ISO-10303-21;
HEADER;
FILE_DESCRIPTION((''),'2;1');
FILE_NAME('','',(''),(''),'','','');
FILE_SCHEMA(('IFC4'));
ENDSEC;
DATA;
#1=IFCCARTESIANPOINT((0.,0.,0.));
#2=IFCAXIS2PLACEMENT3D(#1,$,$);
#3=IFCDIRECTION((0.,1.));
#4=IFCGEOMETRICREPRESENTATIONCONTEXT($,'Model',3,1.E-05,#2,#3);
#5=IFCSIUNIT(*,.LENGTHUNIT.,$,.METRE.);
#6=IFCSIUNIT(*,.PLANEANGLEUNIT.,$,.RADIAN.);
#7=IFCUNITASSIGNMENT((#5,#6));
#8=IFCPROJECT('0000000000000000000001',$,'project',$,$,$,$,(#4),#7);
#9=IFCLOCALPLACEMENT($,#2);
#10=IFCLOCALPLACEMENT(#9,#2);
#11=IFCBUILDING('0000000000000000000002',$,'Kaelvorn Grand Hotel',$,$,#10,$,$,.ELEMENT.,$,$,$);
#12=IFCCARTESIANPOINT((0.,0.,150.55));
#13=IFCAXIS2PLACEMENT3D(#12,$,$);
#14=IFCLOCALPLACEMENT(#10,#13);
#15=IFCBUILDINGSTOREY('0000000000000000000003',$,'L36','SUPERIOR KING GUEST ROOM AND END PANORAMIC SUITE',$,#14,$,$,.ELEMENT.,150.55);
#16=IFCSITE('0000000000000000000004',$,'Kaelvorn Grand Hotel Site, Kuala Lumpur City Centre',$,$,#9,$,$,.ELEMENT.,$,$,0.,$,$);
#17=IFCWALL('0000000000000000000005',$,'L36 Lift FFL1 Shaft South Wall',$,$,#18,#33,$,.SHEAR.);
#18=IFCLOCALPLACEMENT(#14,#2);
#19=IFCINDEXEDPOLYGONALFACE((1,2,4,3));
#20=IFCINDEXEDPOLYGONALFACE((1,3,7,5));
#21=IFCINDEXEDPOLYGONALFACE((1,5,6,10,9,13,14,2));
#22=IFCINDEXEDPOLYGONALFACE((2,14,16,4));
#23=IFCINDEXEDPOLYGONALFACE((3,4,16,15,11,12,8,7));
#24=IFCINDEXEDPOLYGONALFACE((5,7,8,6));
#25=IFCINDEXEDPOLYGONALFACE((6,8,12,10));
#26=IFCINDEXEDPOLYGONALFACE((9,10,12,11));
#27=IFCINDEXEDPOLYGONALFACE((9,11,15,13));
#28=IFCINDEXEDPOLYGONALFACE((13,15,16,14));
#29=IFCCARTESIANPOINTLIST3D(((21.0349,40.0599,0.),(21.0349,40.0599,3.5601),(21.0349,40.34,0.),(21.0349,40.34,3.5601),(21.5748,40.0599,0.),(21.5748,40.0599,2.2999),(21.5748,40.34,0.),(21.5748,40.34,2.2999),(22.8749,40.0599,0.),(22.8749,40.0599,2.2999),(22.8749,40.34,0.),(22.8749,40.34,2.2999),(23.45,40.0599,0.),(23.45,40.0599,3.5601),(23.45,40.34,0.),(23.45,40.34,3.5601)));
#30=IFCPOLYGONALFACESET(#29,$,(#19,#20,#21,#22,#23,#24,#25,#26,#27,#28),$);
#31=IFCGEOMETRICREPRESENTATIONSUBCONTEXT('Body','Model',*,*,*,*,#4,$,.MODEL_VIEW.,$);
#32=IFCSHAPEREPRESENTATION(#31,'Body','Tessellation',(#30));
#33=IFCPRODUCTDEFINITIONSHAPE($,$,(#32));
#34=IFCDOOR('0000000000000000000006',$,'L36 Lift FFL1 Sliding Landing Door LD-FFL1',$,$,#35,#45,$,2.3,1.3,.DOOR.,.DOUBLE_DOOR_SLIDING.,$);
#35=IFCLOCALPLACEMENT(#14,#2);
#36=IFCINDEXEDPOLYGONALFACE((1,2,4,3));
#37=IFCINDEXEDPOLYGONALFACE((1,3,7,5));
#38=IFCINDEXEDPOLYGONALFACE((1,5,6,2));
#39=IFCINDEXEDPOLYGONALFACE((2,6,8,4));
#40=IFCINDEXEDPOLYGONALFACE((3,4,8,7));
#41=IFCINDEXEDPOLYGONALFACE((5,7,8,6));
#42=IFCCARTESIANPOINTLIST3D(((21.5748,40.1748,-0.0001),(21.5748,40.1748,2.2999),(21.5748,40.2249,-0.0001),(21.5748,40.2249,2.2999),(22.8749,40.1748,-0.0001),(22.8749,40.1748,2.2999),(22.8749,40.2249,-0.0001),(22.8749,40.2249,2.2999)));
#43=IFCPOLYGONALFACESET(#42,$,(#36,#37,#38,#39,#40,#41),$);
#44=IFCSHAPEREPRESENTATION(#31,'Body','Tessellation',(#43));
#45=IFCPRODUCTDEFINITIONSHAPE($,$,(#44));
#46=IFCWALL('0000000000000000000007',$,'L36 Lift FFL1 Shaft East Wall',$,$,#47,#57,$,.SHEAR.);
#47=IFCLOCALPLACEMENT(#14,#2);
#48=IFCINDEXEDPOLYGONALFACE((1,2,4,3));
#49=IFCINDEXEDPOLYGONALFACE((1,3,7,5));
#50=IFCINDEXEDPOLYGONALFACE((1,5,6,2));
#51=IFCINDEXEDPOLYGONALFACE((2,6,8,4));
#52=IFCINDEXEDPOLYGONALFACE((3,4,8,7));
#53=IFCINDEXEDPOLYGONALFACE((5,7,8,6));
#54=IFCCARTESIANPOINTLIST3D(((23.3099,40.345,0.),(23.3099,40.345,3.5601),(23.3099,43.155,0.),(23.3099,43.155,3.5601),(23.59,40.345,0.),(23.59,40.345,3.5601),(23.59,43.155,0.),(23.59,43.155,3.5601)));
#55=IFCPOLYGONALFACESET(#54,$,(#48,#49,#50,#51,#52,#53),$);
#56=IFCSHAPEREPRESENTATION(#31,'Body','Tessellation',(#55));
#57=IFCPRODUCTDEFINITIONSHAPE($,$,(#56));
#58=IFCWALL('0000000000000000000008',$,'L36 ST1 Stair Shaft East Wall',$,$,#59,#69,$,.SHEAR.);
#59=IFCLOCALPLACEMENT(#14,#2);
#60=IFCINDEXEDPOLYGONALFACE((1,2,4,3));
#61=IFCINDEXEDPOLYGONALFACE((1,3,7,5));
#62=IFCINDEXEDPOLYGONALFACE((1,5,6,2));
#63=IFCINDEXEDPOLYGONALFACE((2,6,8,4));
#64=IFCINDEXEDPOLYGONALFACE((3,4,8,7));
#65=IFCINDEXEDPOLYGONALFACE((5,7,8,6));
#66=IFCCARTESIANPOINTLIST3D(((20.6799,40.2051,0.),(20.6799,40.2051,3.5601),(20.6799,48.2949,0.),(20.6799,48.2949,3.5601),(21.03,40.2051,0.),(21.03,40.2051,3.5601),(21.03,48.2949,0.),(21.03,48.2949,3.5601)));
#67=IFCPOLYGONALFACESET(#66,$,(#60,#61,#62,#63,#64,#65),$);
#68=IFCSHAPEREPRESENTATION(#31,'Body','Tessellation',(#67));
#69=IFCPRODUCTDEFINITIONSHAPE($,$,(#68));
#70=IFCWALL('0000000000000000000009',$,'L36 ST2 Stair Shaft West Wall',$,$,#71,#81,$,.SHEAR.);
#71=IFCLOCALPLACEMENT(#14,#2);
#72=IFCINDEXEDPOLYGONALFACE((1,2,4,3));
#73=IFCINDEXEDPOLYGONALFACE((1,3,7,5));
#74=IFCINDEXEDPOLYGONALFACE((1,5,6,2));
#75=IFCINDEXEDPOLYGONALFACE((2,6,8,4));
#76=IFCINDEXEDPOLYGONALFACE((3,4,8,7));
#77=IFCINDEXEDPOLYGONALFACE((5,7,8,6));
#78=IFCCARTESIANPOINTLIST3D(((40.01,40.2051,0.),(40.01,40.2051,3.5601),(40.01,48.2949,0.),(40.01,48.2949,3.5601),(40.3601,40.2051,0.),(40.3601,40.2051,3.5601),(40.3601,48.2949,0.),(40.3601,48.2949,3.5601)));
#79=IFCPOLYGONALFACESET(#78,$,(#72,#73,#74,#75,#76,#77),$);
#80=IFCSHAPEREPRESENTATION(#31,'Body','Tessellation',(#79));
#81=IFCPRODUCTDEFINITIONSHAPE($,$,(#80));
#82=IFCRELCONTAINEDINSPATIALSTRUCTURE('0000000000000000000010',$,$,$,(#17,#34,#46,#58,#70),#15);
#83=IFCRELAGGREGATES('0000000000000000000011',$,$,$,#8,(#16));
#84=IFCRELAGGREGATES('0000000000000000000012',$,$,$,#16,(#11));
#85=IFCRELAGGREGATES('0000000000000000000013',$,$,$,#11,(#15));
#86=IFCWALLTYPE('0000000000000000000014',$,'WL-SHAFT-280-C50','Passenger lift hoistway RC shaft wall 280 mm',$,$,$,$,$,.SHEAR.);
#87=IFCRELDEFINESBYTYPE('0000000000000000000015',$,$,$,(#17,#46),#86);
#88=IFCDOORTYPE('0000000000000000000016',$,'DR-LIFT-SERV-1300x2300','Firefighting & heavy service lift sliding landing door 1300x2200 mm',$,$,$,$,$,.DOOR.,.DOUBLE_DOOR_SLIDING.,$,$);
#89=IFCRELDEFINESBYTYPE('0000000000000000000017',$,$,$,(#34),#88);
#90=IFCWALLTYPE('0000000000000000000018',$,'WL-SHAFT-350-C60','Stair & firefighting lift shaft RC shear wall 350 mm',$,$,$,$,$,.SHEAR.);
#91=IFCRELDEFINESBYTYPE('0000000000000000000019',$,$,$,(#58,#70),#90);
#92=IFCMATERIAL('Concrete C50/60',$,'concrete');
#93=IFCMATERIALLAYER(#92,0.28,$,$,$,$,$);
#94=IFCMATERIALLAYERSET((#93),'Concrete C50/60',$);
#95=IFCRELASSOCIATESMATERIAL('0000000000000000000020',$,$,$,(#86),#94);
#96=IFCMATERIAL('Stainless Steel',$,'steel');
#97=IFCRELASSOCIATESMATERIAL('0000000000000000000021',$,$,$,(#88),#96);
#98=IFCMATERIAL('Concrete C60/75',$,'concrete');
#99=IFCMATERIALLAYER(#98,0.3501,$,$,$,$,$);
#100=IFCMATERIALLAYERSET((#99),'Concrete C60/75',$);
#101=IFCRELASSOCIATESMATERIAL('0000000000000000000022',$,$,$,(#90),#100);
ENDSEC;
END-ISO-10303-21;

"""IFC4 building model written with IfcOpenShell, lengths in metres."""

from ifc_helpers import new_model, si_unit, direction, frame, frame_2d, origin, place, context, subcontext, project, spatial, rectangle, extrude, material, layer, layer_set, type_object, element, fill, save


model = new_model("IFC4")

# Units and contexts
model_context = context("Model", 3, precision=1e-05, world=origin(), true_north=direction((0.0, 1.0)))
body_context = subcontext(model_context, "Body", "Model", "MODEL_VIEW")
ifc_project = project(units=[si_unit("LENGTHUNIT", "METRE"), si_unit("PLANEANGLEUNIT", "RADIAN")], contexts=[model_context])

# Site, building, storey
site_placement = place(None, origin())
site = spatial("IfcSite", under=ifc_project, at=site_placement, Name="Kaelvorn Grand Hotel Site, Kuala Lumpur City Centre", CompositionType="ELEMENT", RefElevation=0.0)
building_placement = place(site_placement, origin())
building = spatial("IfcBuilding", under=site, at=building_placement, Name="Kaelvorn Grand Hotel", CompositionType="ELEMENT")
storey_placement = place(building_placement, frame((0.0, 0.0, 150.55)))
storey = spatial("IfcBuildingStorey", under=building, at=storey_placement, Name="L36", Description="SUPERIOR KING GUEST ROOM AND END PANORAMIC SUITE", CompositionType="ELEMENT", Elevation=150.55)

# Shared definitions
ifc_material_1 = material(Name="Concrete C60/75", Category="concrete")

# Wall, opening, door
ifc_material_2 = material(Name="Concrete C50/60", Category="concrete")
ifc_layer_1 = layer(ifc_material_2, 0.28)
ifc_layer_set_1 = layer_set([ifc_layer_1], Name="Concrete C50/60")
wall_type_1 = type_object("IfcWallType", Name="WL-SHAFT-280-C50", Description="Passenger lift hoistway RC shaft wall 280 mm", PredefinedType="SHEAR", material=ifc_layer_set_1)
wall_1_placement = place(storey_placement, frame((21.0349, 40.2, 0.0), z_axis=(0.0, 0.0, 1.0), x_axis=(1.0, 0.0, 0.0)))
wall_1 = element("IfcWall", 1, at=wall_1_placement, inside=storey, type_object=wall_type_1, Name="L36 Lift FFL1 Shaft South Wall", PredefinedType="SHEAR", context=body_context, shape_type="SweptSolid", body=[
    extrude(rectangle(XDim=2.415, YDim=0.28, at=frame_2d((1.2075, 0.0))), origin(), (0.0, 0.0, 1.0), 3.5601),
])
opening_1_placement = place(wall_1_placement, frame((0.54, 0.0, 0.0)))
opening_1 = element("IfcOpeningElement", 2, at=opening_1_placement, cuts=wall_1, PredefinedType="OPENING", context=body_context, shape_type="SweptSolid", body=[
    extrude(rectangle(XDim=1.3, YDim=2.3, at=frame_2d((0.6499, 1.1499))), frame((0.0, 0.1499, 0.0), z_axis=(0.0, -1.0, 0.0), x_axis=(1.0, 0.0, 0.0)), (0.0, 0.0, 1.0), 0.3),
])
ifc_material_3 = material(Name="Stainless Steel", Category="steel")
door_type_1 = type_object("IfcDoorType", Name="DR-LIFT-SERV-1300x2300", Description="Firefighting & heavy service lift sliding landing door 1300x2200 mm", OperationType="DOUBLE_DOOR_SLIDING", PredefinedType="DOOR", material=ifc_material_3)
door_1_placement = place(opening_1_placement, origin())
door_1 = element("IfcDoor", 3, at=door_1_placement, inside=storey, type_object=door_type_1, Name="L36 Lift FFL1 Sliding Landing Door LD-FFL1", OperationType="DOUBLE_DOOR_SLIDING", OverallHeight=2.3, OverallWidth=1.3, PredefinedType="DOOR", context=body_context, shape_type="SweptSolid", body=[
    extrude(rectangle(XDim=1.3, YDim=2.3, at=frame_2d((0.6499, 1.1499))), frame((0.0, 0.0249, 0.0), z_axis=(0.0, -1.0, 0.0), x_axis=(1.0, 0.0, 0.0)), (0.0, 0.0, 1.0), 0.05),
])
fill(opening_1, door_1)

# Walls
wall_2_placement = place(storey_placement, frame((23.45, 40.345, 0.0), z_axis=(0.0, 0.0, 1.0), x_axis=(0.0, 1.0, 0.0)))
element("IfcWall", 4, at=wall_2_placement, inside=storey, type_object=wall_type_1, Name="L36 Lift FFL1 Shaft East Wall", PredefinedType="SHEAR", context=body_context, shape_type="SweptSolid", body=[
    extrude(rectangle(XDim=2.8101, YDim=0.28, at=frame_2d((1.405, 0.0))), origin(), (0.0, 0.0, 1.0), 3.5601),
])
ifc_layer_2 = layer(ifc_material_1, 0.3501)
ifc_layer_set_2 = layer_set([ifc_layer_2], Name="Concrete C60/75")
wall_type_2 = type_object("IfcWallType", Name="WL-SHAFT-350-C60", Description="Stair & firefighting lift shaft RC shear wall 350 mm", PredefinedType="SHEAR", material=ifc_layer_set_2)
wall_3_placement = place(storey_placement, frame((20.855, 40.2051, 0.0), z_axis=(0.0, 0.0, 1.0), x_axis=(0.0, 1.0, 0.0)))
element("IfcWall", 5, at=wall_3_placement, inside=storey, type_object=wall_type_2, Name="L36 ST1 Stair Shaft East Wall", PredefinedType="SHEAR", context=body_context, shape_type="SweptSolid", body=[
    extrude(rectangle(XDim=8.0898, YDim=0.3501, at=frame_2d((4.0449, 0.0))), origin(), (0.0, 0.0, 1.0), 3.5601),
])

# Wall
wall_4_placement = place(storey_placement, frame((40.1851, 40.2051, 0.0), z_axis=(0.0, 0.0, 1.0), x_axis=(0.0, 1.0, 0.0)))
element("IfcWall", 6, at=wall_4_placement, inside=storey, type_object=wall_type_2, Name="L36 ST2 Stair Shaft West Wall", PredefinedType="SHEAR", context=body_context, shape_type="SweptSolid", body=[
    extrude(rectangle(XDim=8.0898, YDim=0.3501, at=frame_2d((4.0449, 0.0))), origin(), (0.0, 0.0, 1.0), 3.5601),
])

save(model, "model.ifc")
